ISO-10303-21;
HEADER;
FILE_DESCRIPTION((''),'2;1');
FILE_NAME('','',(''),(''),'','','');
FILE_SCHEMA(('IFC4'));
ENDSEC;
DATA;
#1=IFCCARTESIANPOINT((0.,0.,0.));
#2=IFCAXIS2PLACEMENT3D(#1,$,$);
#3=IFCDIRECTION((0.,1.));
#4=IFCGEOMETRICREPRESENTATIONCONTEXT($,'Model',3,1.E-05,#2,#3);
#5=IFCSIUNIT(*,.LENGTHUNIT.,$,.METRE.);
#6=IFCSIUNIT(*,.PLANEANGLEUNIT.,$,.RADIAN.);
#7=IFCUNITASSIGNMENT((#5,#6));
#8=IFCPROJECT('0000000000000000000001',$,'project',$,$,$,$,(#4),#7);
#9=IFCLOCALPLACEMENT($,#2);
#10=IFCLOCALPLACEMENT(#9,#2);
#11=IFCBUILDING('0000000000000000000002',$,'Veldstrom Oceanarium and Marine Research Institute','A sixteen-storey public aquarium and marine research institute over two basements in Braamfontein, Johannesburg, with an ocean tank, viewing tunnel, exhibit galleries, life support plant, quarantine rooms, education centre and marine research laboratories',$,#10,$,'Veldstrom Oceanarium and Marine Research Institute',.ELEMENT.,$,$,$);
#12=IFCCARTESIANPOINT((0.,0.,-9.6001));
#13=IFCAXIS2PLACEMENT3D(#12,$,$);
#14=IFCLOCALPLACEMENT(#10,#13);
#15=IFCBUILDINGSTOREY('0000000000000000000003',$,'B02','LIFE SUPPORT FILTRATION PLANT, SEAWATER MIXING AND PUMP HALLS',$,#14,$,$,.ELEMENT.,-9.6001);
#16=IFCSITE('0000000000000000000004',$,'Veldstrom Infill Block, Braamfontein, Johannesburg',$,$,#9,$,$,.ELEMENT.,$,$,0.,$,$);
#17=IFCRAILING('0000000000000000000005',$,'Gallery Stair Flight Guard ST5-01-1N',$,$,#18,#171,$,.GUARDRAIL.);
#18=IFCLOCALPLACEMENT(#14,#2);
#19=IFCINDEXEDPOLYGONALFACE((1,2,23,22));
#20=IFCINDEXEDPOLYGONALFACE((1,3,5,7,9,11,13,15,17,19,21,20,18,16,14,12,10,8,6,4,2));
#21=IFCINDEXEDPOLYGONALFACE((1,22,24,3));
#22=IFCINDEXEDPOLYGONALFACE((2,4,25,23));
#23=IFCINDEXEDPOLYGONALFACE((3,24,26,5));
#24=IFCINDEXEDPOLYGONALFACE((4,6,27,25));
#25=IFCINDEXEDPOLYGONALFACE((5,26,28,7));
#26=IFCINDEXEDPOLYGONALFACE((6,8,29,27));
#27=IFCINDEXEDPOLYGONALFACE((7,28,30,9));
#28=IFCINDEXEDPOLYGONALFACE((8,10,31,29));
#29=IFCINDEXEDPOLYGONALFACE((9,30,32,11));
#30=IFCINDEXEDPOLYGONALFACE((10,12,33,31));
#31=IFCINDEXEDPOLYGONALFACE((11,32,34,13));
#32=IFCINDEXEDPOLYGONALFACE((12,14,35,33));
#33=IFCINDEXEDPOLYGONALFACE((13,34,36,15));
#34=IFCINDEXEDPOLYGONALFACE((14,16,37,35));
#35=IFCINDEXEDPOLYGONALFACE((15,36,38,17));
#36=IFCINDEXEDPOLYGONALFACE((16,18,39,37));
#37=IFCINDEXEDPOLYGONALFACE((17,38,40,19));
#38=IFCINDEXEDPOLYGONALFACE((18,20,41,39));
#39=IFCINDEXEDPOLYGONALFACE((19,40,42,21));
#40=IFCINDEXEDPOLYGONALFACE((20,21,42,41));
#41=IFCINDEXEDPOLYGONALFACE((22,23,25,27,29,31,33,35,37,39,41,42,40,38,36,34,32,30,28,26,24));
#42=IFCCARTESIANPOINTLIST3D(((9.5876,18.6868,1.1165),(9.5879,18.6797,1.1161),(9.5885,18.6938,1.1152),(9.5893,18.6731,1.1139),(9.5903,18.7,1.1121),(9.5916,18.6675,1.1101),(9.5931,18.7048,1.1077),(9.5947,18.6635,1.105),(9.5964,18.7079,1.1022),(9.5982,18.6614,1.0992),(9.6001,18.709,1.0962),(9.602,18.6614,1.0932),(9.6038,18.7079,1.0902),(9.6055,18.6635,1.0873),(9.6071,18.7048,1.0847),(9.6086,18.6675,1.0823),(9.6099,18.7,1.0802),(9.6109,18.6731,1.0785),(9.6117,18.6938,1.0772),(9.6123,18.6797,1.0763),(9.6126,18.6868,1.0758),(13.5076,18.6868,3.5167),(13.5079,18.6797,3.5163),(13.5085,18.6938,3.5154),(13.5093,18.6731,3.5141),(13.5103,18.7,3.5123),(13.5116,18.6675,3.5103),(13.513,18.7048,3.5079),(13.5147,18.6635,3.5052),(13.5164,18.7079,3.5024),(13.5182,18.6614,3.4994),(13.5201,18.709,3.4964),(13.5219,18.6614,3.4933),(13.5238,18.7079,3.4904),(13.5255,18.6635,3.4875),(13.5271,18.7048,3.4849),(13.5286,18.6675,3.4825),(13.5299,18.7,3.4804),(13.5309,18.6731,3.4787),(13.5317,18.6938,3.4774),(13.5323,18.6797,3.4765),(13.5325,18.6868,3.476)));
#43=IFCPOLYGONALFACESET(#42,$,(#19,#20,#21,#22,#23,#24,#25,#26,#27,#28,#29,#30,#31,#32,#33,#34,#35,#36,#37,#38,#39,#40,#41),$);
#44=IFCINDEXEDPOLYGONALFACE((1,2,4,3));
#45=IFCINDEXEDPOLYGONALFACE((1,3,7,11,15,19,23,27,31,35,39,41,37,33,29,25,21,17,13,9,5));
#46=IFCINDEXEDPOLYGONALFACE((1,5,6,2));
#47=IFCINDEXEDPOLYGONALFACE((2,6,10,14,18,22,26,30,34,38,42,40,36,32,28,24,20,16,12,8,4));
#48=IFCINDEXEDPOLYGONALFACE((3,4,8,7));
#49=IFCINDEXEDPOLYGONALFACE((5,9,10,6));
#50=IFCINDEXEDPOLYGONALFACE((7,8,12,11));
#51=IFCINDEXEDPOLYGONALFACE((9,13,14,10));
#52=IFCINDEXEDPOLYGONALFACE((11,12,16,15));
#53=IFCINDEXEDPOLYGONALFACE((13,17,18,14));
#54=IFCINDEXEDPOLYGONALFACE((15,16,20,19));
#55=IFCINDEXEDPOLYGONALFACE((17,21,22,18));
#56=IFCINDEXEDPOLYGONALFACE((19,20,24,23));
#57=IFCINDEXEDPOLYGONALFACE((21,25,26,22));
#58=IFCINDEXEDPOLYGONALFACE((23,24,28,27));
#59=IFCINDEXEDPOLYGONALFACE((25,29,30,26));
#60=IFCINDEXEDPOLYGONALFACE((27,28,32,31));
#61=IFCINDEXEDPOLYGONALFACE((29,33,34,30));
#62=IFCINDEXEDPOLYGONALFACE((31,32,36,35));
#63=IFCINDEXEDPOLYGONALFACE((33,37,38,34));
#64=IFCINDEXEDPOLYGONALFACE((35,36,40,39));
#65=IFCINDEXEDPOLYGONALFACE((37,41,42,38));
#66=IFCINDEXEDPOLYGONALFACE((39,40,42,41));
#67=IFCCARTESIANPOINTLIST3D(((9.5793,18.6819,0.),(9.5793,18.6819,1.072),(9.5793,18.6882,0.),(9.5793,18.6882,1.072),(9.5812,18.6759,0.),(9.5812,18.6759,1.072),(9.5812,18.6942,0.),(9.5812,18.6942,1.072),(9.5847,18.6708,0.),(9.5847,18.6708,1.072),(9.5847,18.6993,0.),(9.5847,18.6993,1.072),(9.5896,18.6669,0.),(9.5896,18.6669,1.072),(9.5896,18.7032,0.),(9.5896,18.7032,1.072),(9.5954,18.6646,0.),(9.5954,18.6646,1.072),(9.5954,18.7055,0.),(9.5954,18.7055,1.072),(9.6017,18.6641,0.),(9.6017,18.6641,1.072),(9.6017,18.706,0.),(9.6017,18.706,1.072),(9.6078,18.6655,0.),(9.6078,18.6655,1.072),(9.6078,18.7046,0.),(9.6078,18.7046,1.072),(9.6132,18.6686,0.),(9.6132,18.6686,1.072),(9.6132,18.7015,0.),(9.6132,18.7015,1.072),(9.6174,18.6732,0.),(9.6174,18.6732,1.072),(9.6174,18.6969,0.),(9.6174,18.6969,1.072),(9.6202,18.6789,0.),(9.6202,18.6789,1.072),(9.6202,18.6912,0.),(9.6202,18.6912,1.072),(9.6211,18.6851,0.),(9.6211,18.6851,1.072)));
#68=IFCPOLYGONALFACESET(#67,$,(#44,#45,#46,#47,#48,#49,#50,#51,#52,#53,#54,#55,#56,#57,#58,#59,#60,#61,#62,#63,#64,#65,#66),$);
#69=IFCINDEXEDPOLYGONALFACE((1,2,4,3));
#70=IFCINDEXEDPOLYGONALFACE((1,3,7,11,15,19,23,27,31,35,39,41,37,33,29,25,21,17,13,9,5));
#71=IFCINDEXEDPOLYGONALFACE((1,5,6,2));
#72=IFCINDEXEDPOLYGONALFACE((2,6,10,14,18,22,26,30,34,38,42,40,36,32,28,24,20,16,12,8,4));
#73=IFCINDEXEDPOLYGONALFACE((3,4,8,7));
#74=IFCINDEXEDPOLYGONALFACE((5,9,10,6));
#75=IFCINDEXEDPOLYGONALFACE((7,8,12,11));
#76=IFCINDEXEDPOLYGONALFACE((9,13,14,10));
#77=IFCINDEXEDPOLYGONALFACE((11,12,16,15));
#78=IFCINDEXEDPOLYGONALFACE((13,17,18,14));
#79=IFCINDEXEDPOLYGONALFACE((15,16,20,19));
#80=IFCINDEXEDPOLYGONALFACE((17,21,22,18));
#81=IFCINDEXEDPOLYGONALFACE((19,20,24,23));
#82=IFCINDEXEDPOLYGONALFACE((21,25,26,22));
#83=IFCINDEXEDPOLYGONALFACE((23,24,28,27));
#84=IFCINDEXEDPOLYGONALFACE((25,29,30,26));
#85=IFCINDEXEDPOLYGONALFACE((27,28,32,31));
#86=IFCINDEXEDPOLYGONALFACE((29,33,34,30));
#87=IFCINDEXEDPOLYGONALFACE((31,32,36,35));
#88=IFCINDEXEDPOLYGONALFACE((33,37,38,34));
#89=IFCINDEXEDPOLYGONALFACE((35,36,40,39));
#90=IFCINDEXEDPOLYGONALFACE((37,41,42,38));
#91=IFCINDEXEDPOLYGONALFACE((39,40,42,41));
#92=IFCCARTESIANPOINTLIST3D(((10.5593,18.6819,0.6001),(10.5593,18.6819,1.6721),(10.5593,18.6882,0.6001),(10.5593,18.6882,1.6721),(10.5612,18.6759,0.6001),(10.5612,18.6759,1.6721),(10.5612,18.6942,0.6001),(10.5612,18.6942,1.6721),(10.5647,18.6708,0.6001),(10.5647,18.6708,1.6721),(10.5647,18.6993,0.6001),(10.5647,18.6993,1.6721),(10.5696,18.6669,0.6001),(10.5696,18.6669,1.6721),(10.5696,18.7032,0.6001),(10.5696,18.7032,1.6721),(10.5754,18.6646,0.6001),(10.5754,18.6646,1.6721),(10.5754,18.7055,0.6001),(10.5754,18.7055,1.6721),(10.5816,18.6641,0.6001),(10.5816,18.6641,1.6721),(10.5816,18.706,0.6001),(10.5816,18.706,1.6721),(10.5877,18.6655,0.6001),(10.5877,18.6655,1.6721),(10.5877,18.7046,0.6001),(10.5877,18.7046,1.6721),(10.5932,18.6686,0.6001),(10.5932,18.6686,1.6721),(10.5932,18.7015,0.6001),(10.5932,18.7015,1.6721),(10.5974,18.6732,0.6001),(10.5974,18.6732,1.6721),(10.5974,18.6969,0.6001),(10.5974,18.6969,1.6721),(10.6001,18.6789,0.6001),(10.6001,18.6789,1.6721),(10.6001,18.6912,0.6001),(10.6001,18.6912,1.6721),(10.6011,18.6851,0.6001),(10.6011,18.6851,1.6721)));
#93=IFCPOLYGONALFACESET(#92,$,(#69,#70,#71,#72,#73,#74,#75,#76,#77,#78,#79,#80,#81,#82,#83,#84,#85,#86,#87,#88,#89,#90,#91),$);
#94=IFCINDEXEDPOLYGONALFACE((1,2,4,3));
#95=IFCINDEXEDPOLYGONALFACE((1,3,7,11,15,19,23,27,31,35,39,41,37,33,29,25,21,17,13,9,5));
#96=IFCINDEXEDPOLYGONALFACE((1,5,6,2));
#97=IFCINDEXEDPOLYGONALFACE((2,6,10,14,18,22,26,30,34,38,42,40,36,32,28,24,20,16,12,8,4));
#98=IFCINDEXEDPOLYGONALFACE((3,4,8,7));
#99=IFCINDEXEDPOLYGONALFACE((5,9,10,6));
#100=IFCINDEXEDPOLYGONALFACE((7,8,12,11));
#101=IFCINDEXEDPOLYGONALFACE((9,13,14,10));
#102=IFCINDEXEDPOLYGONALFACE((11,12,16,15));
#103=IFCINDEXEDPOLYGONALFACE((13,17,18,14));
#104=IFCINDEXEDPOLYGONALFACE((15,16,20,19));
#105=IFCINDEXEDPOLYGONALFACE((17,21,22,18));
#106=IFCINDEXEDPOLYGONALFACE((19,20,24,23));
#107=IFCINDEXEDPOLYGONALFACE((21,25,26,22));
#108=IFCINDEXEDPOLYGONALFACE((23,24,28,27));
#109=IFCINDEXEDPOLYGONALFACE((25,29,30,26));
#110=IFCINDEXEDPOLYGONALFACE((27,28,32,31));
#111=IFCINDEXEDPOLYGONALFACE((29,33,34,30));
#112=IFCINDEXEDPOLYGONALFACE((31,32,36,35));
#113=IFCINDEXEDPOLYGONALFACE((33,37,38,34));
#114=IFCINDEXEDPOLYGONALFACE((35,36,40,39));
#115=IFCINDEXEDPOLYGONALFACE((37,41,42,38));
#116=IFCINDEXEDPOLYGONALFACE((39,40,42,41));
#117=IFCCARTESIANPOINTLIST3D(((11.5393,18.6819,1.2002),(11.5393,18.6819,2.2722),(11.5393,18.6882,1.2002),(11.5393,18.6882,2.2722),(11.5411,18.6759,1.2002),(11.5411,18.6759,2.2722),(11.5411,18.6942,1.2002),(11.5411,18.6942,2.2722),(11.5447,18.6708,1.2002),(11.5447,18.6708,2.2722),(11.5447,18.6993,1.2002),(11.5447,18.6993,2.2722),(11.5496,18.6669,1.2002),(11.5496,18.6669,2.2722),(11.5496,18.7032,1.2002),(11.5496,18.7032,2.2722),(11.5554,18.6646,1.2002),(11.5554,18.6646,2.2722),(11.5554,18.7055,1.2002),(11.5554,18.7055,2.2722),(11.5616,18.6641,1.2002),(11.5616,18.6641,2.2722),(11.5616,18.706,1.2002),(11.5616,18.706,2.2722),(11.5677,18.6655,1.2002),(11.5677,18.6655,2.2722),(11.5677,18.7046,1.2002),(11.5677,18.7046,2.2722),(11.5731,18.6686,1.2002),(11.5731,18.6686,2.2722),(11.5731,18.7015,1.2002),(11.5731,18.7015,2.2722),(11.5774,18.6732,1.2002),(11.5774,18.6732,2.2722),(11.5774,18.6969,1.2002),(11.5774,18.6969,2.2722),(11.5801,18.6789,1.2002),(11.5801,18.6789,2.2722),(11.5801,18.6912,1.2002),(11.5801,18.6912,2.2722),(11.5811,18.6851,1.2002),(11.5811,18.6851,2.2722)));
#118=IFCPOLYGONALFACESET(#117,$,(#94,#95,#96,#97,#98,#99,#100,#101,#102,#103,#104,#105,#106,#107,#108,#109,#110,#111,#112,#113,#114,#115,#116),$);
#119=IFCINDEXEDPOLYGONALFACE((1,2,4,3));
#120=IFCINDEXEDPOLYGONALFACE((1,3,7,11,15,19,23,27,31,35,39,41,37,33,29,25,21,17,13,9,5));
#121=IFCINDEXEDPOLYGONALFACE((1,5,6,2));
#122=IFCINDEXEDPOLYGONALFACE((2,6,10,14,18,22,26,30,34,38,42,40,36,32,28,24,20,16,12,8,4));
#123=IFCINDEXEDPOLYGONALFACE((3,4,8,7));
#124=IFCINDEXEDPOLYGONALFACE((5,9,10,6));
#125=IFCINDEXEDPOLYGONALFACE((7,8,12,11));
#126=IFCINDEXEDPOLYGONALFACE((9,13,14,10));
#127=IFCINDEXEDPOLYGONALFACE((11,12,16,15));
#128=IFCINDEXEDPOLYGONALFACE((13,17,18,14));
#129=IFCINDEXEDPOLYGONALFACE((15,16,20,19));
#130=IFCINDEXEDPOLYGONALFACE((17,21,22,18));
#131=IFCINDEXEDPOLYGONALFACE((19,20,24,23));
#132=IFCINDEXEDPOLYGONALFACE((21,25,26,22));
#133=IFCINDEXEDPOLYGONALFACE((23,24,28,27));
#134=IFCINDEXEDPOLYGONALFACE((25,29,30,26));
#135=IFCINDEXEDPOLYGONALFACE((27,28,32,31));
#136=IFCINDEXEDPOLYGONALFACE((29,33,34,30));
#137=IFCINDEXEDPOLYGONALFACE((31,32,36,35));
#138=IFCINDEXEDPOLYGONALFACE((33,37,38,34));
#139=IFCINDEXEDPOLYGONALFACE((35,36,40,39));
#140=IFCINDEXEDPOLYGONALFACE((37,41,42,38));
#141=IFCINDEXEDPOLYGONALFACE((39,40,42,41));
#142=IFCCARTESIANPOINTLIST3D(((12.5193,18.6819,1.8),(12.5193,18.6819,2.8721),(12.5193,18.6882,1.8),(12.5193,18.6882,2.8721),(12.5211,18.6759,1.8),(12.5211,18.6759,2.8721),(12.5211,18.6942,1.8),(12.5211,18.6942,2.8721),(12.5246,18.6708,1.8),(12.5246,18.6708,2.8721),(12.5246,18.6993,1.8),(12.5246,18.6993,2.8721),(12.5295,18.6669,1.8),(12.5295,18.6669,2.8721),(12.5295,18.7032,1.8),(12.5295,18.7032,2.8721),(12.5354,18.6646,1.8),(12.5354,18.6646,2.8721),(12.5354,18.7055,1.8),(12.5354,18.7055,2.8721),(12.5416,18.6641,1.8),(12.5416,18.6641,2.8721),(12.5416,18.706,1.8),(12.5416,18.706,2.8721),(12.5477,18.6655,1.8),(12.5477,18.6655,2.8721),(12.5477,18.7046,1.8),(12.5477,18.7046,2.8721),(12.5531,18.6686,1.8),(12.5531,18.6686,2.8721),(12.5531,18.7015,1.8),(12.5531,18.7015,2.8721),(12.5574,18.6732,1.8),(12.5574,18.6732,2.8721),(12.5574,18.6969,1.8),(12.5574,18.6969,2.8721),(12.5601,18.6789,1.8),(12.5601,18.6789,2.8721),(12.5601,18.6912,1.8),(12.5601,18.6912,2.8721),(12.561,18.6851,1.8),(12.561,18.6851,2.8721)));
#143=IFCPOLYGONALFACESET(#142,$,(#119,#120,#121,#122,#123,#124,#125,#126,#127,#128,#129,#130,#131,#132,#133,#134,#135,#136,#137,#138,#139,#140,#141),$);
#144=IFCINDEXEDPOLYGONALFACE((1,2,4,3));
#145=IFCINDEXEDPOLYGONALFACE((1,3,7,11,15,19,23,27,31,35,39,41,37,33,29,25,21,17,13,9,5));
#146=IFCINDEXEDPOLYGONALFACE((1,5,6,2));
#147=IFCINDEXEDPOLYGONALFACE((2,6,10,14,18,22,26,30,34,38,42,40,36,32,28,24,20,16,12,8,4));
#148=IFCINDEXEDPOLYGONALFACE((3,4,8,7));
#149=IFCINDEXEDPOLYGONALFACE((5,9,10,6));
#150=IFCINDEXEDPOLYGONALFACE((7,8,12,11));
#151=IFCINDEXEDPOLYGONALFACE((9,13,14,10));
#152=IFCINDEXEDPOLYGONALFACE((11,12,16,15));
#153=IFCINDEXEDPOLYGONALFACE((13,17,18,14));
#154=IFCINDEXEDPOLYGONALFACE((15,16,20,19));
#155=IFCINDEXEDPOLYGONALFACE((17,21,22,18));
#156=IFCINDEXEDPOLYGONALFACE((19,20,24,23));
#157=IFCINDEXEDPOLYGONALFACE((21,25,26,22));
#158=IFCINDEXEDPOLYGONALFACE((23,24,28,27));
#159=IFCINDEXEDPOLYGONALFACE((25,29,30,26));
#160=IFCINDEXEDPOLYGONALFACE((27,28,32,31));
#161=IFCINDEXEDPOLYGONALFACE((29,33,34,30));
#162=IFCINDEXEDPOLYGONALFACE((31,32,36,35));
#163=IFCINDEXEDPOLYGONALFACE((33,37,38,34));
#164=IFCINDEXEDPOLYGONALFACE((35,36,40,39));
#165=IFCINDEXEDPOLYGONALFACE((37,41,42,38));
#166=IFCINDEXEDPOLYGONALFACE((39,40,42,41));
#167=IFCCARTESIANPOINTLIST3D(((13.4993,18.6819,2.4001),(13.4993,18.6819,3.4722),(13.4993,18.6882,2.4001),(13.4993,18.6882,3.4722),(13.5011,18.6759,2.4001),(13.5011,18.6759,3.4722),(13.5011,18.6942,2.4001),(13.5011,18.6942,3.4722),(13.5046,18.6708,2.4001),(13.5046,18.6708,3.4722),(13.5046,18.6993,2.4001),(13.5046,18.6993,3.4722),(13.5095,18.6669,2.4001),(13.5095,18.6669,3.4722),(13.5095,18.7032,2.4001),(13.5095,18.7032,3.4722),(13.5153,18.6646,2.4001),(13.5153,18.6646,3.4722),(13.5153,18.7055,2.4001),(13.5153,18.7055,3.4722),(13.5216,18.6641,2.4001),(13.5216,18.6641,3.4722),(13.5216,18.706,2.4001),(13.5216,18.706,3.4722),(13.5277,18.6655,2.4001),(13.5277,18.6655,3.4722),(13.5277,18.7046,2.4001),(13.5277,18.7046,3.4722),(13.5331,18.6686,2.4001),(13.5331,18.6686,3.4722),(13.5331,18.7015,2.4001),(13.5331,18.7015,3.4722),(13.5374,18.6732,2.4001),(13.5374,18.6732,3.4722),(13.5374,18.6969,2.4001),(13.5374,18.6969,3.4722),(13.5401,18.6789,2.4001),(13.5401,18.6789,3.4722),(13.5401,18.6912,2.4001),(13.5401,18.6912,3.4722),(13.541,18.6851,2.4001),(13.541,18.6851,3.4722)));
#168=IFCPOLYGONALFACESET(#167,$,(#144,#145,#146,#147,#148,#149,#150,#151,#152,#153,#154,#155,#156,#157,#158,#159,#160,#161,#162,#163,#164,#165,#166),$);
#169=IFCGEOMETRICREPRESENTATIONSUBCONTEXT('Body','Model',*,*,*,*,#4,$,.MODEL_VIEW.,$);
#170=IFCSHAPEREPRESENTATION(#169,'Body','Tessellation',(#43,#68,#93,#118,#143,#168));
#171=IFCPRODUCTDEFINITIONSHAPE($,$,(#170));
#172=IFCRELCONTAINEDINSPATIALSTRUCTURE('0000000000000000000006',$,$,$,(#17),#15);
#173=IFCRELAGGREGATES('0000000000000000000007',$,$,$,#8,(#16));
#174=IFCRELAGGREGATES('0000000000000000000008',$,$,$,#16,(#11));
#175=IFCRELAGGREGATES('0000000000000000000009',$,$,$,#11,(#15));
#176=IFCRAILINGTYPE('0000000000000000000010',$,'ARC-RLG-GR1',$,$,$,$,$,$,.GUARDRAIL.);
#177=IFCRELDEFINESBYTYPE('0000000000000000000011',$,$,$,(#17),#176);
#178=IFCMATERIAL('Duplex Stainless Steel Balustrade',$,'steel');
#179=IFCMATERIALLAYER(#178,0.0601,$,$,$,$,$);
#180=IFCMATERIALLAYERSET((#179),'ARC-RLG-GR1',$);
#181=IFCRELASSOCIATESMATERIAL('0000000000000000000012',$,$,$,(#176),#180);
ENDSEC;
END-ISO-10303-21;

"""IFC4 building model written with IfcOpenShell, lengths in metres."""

from ifc_helpers import new_model, si_unit, direction, frame, origin, origin_2d, place, context, subcontext, project, spatial, circle, extrude, material, layer, layer_set, type_object, element, save


model = new_model("IFC4")

# Units and contexts
model_context = context("Model", 3, precision=1e-05, world=origin(), true_north=direction((0.0, 1.0)))
body_context = subcontext(model_context, "Body", "Model", "MODEL_VIEW")
ifc_project = project(units=[si_unit("LENGTHUNIT", "METRE"), si_unit("PLANEANGLEUNIT", "RADIAN")], contexts=[model_context])

# Site, building, storey
site_placement = place(None, origin())
site = spatial("IfcSite", under=ifc_project, at=site_placement, Name="Veldstrom Infill Block, Braamfontein, Johannesburg", CompositionType="ELEMENT", RefElevation=0.0)
building_placement = place(site_placement, origin())
building = spatial("IfcBuilding", under=site, at=building_placement, Name="Veldstrom Oceanarium and Marine Research Institute", Description="A sixteen-storey public aquarium and marine research institute over two basements in Braamfontein, Johannesburg, with an ocean tank, viewing tunnel, exhibit galleries, life support plant, quarantine rooms, education centre and marine research laboratories", LongName="Veldstrom Oceanarium and Marine Research Institute", CompositionType="ELEMENT")
storey_placement = place(building_placement, frame((0.0, 0.0, -9.6001)))
storey = spatial("IfcBuildingStorey", under=building, at=storey_placement, Name="B02", Description="LIFE SUPPORT FILTRATION PLANT, SEAWATER MIXING AND PUMP HALLS", CompositionType="ELEMENT", Elevation=-9.6001)

# Railing
ifc_material_1 = material(Name="Duplex Stainless Steel Balustrade", Category="steel")
ifc_layer_1 = layer(ifc_material_1, 0.0601)
ifc_layer_set_1 = layer_set([ifc_layer_1], Name="ARC-RLG-GR1")
railing_type = type_object("IfcRailingType", Name="ARC-RLG-GR1", PredefinedType="GUARDRAIL", material=ifc_layer_set_1)
railing_1_placement = place(storey_placement, frame((9.6001, 18.6851, 0.0)))
element("IfcRailing", 1, at=railing_1_placement, inside=storey, type_object=railing_type, Name="Gallery Stair Flight Guard ST5-01-1N", PredefinedType="GUARDRAIL", context=body_context, shape_type="SweptSolid", body=[
    extrude(circle(Radius=0.0239, at=origin_2d()), frame((0.0, 0.0, 1.0962), z_axis=(0.852832, 0.0, 0.522185), x_axis=(0.0, 1.0, 0.0)), (0.0, 0.0, 1.0), 4.5964),
    extrude(circle(Radius=0.021, at=origin_2d()), origin(), (0.0, 0.0, 1.0), 1.072),
    extrude(circle(Radius=0.021, at=origin_2d()), frame((0.98, 0.0, 0.6001)), (0.0, 0.0, 1.0), 1.072),
    extrude(circle(Radius=0.021, at=origin_2d()), frame((1.96, 0.0, 1.2002)), (0.0, 0.0, 1.0), 1.072),
    extrude(circle(Radius=0.021, at=origin_2d()), frame((2.9399, 0.0, 1.8)), (0.0, 0.0, 1.0), 1.072),
    extrude(circle(Radius=0.021, at=origin_2d()), frame((3.9199, 0.0, 2.4001)), (0.0, 0.0, 1.0), 1.072),
])

save(model, "model.ifc")
